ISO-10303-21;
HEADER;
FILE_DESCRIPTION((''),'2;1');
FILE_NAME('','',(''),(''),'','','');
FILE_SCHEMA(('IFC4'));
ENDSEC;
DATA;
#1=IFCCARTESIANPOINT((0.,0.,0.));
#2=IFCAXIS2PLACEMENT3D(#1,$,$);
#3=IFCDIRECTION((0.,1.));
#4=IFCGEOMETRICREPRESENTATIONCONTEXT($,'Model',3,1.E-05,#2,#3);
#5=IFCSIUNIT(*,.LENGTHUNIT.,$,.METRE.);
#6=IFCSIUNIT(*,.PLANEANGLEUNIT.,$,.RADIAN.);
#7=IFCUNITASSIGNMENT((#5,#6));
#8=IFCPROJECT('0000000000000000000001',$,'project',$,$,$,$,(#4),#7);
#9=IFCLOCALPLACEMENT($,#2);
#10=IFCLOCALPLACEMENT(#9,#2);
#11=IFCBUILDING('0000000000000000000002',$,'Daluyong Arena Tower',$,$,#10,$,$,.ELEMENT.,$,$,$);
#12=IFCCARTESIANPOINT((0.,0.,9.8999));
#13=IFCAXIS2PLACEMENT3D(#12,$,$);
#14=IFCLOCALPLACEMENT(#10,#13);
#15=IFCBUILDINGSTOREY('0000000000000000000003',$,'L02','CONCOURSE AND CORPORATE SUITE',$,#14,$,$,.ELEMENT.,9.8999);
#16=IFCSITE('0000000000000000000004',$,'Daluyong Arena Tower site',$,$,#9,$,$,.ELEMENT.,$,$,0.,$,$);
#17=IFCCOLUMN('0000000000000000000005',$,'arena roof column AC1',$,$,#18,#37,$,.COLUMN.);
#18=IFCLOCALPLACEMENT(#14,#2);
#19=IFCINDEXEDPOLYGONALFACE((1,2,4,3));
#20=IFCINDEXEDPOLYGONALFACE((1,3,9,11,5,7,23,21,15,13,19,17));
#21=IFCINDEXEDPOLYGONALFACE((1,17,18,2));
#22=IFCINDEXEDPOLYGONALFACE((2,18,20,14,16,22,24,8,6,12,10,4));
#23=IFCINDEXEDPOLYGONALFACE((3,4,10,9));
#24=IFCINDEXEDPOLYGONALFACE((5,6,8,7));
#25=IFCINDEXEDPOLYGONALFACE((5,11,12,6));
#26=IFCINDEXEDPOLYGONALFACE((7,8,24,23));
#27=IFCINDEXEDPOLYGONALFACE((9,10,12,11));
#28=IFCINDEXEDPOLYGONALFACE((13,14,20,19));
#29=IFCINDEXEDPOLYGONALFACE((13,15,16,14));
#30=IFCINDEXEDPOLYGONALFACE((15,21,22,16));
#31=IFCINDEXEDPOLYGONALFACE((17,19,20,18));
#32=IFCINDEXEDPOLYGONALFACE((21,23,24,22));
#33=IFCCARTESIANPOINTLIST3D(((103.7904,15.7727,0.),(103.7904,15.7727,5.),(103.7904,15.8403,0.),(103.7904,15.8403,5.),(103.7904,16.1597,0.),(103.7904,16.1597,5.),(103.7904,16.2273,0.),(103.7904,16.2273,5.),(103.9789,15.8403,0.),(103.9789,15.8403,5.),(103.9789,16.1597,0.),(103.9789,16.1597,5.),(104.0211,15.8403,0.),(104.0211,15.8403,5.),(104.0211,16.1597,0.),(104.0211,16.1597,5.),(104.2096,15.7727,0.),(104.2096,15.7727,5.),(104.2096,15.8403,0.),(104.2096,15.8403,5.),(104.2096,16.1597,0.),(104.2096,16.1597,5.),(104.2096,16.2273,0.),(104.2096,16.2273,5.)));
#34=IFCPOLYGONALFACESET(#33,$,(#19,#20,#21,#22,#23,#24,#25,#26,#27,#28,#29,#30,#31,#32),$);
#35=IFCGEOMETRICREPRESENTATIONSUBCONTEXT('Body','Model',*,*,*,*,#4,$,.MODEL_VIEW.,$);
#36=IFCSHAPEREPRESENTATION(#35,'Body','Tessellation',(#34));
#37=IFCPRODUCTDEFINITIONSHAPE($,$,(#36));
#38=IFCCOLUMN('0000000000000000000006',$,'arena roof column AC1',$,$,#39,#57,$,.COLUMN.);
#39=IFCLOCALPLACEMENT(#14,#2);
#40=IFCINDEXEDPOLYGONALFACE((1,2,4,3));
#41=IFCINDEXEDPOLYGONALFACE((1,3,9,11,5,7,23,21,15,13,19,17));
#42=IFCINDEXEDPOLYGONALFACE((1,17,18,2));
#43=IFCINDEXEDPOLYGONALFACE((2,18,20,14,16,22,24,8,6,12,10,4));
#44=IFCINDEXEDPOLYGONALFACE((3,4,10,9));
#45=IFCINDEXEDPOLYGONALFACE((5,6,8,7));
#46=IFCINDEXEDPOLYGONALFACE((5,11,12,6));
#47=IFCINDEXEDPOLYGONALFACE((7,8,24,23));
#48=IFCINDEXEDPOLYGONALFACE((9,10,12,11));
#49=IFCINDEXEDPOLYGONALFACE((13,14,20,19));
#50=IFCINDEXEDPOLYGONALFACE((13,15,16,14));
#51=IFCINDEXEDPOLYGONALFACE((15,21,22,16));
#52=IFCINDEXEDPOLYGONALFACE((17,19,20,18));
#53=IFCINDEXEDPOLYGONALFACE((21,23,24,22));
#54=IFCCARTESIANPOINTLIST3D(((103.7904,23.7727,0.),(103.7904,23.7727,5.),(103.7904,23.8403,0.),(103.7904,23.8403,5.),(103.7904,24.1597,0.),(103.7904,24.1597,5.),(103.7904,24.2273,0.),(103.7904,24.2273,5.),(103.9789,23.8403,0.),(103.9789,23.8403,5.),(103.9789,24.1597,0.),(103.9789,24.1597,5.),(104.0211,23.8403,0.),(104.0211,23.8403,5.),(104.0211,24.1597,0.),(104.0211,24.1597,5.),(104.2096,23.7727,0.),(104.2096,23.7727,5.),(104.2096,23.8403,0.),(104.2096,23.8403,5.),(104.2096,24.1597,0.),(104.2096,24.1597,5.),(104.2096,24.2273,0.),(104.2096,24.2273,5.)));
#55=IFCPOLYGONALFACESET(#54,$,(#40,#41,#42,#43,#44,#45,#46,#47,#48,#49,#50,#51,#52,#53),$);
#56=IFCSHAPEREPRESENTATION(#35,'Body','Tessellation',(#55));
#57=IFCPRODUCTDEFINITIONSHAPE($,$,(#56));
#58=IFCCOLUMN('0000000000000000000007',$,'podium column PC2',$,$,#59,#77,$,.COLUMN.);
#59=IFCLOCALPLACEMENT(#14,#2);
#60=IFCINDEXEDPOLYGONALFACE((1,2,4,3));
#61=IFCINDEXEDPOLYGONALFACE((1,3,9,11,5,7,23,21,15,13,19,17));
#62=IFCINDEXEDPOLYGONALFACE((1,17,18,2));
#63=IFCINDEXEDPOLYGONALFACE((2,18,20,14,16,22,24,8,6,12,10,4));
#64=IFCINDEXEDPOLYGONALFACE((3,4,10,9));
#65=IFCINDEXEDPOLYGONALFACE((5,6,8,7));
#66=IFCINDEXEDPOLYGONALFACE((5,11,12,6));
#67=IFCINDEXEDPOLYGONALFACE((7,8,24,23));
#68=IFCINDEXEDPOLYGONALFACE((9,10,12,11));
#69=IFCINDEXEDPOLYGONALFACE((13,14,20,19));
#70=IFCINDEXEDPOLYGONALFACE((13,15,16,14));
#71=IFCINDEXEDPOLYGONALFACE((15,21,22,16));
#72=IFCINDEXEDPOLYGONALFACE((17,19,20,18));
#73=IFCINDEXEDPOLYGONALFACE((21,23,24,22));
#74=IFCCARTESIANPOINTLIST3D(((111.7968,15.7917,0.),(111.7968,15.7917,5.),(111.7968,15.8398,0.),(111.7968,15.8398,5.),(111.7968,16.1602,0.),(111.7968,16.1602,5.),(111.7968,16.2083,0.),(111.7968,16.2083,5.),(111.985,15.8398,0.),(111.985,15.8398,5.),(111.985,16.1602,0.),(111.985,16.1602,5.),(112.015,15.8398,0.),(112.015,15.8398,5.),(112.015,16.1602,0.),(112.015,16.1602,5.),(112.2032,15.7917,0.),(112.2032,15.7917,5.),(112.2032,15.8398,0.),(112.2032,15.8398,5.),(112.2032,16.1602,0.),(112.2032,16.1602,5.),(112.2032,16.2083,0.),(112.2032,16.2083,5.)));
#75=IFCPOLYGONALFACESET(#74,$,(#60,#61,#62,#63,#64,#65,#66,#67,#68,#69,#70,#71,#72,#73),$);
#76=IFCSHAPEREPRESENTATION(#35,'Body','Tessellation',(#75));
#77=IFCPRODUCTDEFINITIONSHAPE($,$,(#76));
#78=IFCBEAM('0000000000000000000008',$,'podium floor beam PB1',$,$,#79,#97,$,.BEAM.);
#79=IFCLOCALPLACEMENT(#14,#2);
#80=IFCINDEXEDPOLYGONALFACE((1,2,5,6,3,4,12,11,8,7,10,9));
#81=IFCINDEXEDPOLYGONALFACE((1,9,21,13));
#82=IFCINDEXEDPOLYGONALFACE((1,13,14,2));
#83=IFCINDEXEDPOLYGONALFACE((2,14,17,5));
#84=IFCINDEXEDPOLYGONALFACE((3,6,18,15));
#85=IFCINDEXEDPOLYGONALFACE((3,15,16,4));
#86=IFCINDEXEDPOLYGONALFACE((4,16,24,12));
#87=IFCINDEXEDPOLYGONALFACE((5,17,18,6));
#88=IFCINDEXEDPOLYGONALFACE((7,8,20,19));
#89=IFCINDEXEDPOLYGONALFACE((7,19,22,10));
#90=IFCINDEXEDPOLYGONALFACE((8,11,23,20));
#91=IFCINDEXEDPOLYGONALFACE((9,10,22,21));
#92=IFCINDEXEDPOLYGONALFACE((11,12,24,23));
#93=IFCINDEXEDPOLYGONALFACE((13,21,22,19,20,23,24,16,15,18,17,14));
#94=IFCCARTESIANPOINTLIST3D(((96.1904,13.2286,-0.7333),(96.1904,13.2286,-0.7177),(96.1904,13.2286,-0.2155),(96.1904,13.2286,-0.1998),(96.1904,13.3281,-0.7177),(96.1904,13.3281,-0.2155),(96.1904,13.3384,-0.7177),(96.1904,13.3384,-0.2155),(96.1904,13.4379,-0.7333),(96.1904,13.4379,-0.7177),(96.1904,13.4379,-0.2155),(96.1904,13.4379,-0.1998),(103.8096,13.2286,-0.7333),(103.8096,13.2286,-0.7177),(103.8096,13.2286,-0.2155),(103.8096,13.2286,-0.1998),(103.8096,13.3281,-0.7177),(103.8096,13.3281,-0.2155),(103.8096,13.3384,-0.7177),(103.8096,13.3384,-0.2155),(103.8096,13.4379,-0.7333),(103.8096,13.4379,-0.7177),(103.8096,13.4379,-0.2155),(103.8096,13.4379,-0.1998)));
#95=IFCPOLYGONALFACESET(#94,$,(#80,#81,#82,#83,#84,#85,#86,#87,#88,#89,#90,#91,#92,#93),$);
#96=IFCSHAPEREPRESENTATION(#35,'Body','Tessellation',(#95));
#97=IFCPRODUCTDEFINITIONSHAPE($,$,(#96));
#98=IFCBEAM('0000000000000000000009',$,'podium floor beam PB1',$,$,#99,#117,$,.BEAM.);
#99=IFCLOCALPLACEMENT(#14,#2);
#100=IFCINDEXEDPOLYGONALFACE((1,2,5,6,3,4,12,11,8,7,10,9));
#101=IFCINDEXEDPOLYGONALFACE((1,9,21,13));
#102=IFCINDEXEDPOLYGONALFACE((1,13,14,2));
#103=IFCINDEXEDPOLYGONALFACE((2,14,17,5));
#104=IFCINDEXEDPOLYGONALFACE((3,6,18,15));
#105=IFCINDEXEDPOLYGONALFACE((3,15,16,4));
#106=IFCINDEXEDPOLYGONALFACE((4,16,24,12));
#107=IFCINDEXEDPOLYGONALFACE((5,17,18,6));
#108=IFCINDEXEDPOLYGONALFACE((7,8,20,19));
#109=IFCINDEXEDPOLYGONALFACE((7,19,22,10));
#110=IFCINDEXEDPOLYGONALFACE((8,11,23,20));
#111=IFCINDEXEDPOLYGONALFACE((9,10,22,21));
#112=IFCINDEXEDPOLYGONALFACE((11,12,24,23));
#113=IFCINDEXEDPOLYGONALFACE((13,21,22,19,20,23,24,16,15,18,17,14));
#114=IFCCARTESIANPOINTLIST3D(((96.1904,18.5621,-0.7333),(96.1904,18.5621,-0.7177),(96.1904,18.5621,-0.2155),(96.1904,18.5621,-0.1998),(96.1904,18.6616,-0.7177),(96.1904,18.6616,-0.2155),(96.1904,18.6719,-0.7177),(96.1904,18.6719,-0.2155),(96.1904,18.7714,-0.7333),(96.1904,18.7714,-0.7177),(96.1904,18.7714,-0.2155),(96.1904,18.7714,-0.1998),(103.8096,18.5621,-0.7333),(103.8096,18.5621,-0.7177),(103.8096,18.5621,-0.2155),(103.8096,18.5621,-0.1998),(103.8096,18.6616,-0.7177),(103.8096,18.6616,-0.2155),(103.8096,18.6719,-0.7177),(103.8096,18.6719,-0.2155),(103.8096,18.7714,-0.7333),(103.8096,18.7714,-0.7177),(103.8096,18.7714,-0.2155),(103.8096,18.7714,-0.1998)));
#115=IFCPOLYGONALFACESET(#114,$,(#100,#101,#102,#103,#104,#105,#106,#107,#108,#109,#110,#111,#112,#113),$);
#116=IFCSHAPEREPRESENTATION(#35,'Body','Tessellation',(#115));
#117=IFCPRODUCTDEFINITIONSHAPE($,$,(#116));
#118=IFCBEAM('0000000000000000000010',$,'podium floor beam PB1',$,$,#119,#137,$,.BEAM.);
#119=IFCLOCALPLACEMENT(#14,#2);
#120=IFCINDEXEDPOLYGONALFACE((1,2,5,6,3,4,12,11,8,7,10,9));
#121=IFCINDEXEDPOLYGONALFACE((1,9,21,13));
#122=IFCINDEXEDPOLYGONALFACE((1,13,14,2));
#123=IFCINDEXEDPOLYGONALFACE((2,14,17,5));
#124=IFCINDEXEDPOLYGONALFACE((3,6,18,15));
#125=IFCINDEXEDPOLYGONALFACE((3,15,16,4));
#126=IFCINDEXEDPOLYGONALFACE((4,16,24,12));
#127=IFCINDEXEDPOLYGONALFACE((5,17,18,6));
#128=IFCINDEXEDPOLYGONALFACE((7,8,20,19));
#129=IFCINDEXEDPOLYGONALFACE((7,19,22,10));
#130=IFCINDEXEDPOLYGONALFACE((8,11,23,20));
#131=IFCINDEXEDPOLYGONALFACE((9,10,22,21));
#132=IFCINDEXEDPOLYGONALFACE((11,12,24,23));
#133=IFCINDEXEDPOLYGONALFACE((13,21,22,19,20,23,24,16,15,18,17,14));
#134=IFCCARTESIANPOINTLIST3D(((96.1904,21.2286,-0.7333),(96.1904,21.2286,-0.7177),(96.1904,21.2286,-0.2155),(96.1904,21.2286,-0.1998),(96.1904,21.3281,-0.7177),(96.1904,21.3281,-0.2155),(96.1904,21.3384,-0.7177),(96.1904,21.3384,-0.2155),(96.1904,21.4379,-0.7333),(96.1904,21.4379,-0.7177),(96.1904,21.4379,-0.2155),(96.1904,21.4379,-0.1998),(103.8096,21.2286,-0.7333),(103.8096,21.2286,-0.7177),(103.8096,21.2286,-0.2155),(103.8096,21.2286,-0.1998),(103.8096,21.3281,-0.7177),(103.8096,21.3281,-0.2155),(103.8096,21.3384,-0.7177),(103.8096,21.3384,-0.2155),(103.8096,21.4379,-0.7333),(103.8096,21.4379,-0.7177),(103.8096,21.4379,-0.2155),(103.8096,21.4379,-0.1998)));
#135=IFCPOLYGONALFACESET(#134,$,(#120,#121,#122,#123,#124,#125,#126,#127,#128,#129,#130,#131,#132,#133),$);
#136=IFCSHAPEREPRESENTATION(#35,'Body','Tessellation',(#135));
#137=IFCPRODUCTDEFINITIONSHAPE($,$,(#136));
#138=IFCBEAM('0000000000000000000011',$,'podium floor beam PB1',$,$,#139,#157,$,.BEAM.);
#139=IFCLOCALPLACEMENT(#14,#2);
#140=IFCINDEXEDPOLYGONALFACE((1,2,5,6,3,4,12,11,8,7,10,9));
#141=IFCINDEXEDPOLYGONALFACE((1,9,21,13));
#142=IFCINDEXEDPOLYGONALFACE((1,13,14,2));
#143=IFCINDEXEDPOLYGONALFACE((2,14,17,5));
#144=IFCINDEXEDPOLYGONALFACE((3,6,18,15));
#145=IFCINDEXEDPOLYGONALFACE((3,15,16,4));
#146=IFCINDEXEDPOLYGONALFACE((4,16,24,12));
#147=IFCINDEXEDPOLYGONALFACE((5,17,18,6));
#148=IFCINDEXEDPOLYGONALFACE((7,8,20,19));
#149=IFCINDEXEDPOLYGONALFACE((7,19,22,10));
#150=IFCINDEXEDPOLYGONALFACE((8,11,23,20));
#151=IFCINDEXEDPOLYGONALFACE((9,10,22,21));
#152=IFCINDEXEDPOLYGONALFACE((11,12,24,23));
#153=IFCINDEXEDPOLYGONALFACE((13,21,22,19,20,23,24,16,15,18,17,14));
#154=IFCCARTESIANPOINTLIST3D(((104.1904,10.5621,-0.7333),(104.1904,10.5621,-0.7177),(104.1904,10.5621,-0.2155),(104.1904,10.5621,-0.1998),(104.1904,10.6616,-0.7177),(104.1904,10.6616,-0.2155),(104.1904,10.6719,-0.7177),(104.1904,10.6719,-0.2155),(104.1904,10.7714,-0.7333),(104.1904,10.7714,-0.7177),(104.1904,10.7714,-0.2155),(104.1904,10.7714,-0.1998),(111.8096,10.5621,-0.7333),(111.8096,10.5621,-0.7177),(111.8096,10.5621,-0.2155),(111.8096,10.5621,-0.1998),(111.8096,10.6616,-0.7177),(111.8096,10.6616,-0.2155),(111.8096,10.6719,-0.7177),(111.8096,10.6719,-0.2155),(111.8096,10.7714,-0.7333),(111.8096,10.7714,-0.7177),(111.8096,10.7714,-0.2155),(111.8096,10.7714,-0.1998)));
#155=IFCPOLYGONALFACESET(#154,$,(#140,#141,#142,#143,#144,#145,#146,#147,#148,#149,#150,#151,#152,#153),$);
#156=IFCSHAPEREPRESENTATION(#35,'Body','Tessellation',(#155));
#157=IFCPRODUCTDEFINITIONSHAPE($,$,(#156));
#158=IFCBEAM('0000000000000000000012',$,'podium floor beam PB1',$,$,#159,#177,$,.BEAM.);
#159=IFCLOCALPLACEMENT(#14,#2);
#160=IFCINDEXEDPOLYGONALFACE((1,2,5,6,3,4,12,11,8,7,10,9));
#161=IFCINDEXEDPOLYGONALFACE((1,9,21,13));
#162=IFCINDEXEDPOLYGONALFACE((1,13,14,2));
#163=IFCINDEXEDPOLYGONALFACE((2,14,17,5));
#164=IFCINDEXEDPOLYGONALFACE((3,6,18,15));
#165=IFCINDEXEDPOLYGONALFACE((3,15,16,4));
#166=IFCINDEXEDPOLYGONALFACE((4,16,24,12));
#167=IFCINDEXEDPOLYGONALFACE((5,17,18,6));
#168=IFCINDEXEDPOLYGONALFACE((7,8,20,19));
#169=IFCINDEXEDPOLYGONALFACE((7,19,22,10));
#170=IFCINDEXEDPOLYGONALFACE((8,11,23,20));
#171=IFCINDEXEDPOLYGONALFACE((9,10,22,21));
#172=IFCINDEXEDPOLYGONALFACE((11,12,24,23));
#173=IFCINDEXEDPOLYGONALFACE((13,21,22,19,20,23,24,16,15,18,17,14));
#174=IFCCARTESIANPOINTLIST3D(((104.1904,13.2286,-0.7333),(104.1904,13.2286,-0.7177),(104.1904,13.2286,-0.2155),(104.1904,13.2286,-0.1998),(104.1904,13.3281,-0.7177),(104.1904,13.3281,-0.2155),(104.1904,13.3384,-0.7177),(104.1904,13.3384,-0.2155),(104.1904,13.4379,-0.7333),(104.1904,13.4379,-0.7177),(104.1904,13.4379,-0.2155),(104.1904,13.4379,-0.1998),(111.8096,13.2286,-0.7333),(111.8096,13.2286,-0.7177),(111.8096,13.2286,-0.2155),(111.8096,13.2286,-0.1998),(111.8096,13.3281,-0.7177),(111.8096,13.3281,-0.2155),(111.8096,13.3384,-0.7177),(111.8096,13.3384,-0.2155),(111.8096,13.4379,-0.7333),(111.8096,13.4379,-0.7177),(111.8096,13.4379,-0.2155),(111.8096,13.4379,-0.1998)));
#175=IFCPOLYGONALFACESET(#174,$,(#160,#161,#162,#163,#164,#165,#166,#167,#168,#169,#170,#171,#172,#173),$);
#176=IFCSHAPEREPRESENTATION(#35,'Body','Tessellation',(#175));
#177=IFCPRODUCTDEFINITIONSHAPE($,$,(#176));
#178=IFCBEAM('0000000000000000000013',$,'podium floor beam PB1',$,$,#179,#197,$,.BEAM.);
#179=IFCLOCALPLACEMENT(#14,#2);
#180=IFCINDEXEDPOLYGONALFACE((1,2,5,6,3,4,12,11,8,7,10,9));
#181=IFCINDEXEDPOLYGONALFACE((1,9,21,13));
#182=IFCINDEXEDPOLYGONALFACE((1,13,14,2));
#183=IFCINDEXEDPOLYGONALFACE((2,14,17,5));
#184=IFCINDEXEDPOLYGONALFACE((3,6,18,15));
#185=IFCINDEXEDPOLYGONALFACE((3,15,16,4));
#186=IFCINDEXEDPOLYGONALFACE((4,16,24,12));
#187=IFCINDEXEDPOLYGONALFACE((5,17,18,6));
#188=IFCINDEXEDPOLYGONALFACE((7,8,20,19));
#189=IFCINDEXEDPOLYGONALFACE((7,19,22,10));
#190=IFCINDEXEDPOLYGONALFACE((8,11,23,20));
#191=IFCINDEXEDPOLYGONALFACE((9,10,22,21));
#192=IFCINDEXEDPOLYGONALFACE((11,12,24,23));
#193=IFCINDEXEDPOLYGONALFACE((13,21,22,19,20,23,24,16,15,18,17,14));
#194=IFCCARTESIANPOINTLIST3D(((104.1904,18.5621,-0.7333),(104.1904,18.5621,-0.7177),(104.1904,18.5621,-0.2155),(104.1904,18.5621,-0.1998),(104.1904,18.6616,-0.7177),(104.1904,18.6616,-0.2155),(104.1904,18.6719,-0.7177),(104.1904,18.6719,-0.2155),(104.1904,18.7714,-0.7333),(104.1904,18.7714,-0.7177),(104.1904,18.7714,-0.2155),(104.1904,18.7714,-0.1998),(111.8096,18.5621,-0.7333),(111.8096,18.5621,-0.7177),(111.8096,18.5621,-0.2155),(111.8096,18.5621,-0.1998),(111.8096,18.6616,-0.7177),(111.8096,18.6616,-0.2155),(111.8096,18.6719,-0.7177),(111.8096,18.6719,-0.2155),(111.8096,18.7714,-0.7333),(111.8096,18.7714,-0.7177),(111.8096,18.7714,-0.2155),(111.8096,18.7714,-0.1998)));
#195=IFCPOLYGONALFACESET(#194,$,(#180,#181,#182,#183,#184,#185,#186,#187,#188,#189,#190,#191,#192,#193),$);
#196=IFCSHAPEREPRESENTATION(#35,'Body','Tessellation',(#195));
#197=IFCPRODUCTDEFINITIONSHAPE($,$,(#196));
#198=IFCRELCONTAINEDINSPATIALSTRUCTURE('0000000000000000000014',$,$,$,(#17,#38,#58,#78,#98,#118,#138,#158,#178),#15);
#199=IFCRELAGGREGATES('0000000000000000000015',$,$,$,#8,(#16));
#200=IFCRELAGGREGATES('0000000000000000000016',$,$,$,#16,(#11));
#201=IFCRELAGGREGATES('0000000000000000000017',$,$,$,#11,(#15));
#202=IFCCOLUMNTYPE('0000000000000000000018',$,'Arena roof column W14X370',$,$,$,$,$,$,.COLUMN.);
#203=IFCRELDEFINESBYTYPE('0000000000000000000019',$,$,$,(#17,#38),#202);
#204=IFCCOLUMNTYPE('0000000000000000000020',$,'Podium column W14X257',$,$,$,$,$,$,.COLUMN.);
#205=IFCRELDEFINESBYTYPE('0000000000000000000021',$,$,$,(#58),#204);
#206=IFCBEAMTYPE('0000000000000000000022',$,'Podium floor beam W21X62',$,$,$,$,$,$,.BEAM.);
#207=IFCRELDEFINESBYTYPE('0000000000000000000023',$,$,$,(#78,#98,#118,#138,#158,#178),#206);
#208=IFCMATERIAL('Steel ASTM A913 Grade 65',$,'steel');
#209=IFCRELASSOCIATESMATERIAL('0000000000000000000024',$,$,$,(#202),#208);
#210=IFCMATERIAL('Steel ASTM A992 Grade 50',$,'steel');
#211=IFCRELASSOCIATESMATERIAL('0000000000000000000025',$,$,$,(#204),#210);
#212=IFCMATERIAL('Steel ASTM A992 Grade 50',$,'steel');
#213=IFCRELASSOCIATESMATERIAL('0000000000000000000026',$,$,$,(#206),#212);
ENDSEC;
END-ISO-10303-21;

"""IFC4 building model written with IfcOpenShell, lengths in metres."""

from ifc_helpers import new_model, si_unit, direction, frame, origin, origin_2d, place, context, subcontext, project, spatial, i_section, extrude, material, material_profile, profile_set, type_object, element, save


model = new_model("IFC4")

# Units and contexts
model_context = context("Model", 3, precision=1e-05, world=origin(), true_north=direction((0.0, 1.0)))
body_context = subcontext(model_context, "Body", "Model", "MODEL_VIEW")
ifc_project = project(units=[si_unit("LENGTHUNIT", "METRE"), si_unit("PLANEANGLEUNIT", "RADIAN")], contexts=[model_context])

# Site, building, storey
site_placement = place(None, origin())
site = spatial("IfcSite", under=ifc_project, at=site_placement, Name="Daluyong Arena Tower site", CompositionType="ELEMENT", RefElevation=0.0)
building_placement = place(site_placement, origin())
building = spatial("IfcBuilding", under=site, at=building_placement, Name="Daluyong Arena Tower", CompositionType="ELEMENT")
storey_placement = place(building_placement, frame((0.0, 0.0, 9.8999)))
storey = spatial("IfcBuildingStorey", under=building, at=storey_placement, Name="L02", Description="CONCOURSE AND CORPORATE SUITE", CompositionType="ELEMENT", Elevation=9.8999)

# Columns
ifc_material_1 = material(Name="Steel ASTM A913 Grade 65", Category="steel")
ifc_material_profile_1 = material_profile(ifc_material_1, i_section(OverallWidth=0.4192, OverallDepth=0.4546, WebThickness=0.0422, FlangeThickness=0.0676, at=origin_2d()))
ifc_profile_set_1 = profile_set([ifc_material_profile_1], Name="Steel ASTM A913 Grade 65")
column_type_1 = type_object("IfcColumnType", Name="Arena roof column W14X370", PredefinedType="COLUMN", material=ifc_profile_set_1)
for number, where, z_axis, x_axis, name in (
    (1, (104.0, 16.0, 0.0), (0.0, 0.0, 1.0), (1.0, 0.0, 0.0), "arena roof column AC1"),
    (2, (104.0, 24.0, 0.0), (0.0, 0.0, 1.0), (1.0, 0.0, 0.0), "arena roof column AC1"),
):
    element("IfcColumn", number, at=place(storey_placement, frame(where, z_axis=z_axis, x_axis=x_axis)), inside=storey, type_object=column_type_1, Name=name, PredefinedType="COLUMN", context=body_context, shape_type="SweptSolid", body=[
        extrude(i_section(OverallWidth=0.4192, OverallDepth=0.4546, WebThickness=0.0422, FlangeThickness=0.0676, at=origin_2d()), origin(), (0.0, 0.0, 1.0), 5.0),
    ])
ifc_material_2 = material(Name="Steel ASTM A992 Grade 50", Category="steel")
ifc_material_profile_2 = material_profile(ifc_material_2, i_section(OverallWidth=0.4065, OverallDepth=0.4165, WebThickness=0.03, FlangeThickness=0.0481, at=origin_2d()))
ifc_profile_set_2 = profile_set([ifc_material_profile_2], Name="Steel ASTM A992 Grade 50")
column_type_2 = type_object("IfcColumnType", Name="Podium column W14X257", PredefinedType="COLUMN", material=ifc_profile_set_2)
column_placement = place(storey_placement, frame((112.0, 16.0, 0.0), z_axis=(0.0, 0.0, 1.0), x_axis=(1.0, 0.0, 0.0)))
element("IfcColumn", 3, at=column_placement, inside=storey, type_object=column_type_2, Name="podium column PC2", PredefinedType="COLUMN", context=body_context, shape_type="SweptSolid", body=[
    extrude(i_section(OverallWidth=0.4065, OverallDepth=0.4165, WebThickness=0.03, FlangeThickness=0.0481, at=origin_2d()), origin(), (0.0, 0.0, 1.0), 5.0),
])

# Beams
ifc_material_3 = material(Name="Steel ASTM A992 Grade 50", Category="steel")
ifc_material_profile_3 = material_profile(ifc_material_3, i_section(OverallWidth=0.2092, OverallDepth=0.5334, WebThickness=0.0103, FlangeThickness=0.0156, at=origin_2d()))
ifc_profile_set_3 = profile_set([ifc_material_profile_3], Name="Steel ASTM A992 Grade 50")
beam_type_1 = type_object("IfcBeamType", Name="Podium floor beam W21X62", PredefinedType="BEAM", material=ifc_profile_set_3)
for number, where, z_axis, x_axis, name in (
    (4, (96.1904, 13.3333, -0.4666), (1.0, 0.0, 0.0), (0.0, 1.0, 0.0), "podium floor beam PB1"),
    (5, (96.1904, 18.6667, -0.4666), (1.0, 0.0, 0.0), (0.0, 1.0, 0.0), "podium floor beam PB1"),
    (6, (96.1904, 21.3333, -0.4666), (1.0, 0.0, 0.0), (0.0, 1.0, 0.0), "podium floor beam PB1"),
    (7, (104.1904, 10.6667, -0.4666), (1.0, 0.0, 0.0), (0.0, 1.0, 0.0), "podium floor beam PB1"),
    (8, (104.1904, 13.3333, -0.4666), (1.0, 0.0, 0.0), (0.0, 1.0, 0.0), "podium floor beam PB1"),
    (9, (104.1904, 18.6667, -0.4666), (1.0, 0.0, 0.0), (0.0, 1.0, 0.0), "podium floor beam PB1"),
):
    element("IfcBeam", number, at=place(storey_placement, frame(where, z_axis=z_axis, x_axis=x_axis)), inside=storey, type_object=beam_type_1, Name=name, PredefinedType="BEAM", context=body_context, shape_type="SweptSolid", body=[
        extrude(i_section(OverallWidth=0.2092, OverallDepth=0.5334, WebThickness=0.0103, FlangeThickness=0.0156, at=origin_2d()), origin(), (0.0, 0.0, 1.0), 7.6191),
    ])

save(model, "model.ifc")
